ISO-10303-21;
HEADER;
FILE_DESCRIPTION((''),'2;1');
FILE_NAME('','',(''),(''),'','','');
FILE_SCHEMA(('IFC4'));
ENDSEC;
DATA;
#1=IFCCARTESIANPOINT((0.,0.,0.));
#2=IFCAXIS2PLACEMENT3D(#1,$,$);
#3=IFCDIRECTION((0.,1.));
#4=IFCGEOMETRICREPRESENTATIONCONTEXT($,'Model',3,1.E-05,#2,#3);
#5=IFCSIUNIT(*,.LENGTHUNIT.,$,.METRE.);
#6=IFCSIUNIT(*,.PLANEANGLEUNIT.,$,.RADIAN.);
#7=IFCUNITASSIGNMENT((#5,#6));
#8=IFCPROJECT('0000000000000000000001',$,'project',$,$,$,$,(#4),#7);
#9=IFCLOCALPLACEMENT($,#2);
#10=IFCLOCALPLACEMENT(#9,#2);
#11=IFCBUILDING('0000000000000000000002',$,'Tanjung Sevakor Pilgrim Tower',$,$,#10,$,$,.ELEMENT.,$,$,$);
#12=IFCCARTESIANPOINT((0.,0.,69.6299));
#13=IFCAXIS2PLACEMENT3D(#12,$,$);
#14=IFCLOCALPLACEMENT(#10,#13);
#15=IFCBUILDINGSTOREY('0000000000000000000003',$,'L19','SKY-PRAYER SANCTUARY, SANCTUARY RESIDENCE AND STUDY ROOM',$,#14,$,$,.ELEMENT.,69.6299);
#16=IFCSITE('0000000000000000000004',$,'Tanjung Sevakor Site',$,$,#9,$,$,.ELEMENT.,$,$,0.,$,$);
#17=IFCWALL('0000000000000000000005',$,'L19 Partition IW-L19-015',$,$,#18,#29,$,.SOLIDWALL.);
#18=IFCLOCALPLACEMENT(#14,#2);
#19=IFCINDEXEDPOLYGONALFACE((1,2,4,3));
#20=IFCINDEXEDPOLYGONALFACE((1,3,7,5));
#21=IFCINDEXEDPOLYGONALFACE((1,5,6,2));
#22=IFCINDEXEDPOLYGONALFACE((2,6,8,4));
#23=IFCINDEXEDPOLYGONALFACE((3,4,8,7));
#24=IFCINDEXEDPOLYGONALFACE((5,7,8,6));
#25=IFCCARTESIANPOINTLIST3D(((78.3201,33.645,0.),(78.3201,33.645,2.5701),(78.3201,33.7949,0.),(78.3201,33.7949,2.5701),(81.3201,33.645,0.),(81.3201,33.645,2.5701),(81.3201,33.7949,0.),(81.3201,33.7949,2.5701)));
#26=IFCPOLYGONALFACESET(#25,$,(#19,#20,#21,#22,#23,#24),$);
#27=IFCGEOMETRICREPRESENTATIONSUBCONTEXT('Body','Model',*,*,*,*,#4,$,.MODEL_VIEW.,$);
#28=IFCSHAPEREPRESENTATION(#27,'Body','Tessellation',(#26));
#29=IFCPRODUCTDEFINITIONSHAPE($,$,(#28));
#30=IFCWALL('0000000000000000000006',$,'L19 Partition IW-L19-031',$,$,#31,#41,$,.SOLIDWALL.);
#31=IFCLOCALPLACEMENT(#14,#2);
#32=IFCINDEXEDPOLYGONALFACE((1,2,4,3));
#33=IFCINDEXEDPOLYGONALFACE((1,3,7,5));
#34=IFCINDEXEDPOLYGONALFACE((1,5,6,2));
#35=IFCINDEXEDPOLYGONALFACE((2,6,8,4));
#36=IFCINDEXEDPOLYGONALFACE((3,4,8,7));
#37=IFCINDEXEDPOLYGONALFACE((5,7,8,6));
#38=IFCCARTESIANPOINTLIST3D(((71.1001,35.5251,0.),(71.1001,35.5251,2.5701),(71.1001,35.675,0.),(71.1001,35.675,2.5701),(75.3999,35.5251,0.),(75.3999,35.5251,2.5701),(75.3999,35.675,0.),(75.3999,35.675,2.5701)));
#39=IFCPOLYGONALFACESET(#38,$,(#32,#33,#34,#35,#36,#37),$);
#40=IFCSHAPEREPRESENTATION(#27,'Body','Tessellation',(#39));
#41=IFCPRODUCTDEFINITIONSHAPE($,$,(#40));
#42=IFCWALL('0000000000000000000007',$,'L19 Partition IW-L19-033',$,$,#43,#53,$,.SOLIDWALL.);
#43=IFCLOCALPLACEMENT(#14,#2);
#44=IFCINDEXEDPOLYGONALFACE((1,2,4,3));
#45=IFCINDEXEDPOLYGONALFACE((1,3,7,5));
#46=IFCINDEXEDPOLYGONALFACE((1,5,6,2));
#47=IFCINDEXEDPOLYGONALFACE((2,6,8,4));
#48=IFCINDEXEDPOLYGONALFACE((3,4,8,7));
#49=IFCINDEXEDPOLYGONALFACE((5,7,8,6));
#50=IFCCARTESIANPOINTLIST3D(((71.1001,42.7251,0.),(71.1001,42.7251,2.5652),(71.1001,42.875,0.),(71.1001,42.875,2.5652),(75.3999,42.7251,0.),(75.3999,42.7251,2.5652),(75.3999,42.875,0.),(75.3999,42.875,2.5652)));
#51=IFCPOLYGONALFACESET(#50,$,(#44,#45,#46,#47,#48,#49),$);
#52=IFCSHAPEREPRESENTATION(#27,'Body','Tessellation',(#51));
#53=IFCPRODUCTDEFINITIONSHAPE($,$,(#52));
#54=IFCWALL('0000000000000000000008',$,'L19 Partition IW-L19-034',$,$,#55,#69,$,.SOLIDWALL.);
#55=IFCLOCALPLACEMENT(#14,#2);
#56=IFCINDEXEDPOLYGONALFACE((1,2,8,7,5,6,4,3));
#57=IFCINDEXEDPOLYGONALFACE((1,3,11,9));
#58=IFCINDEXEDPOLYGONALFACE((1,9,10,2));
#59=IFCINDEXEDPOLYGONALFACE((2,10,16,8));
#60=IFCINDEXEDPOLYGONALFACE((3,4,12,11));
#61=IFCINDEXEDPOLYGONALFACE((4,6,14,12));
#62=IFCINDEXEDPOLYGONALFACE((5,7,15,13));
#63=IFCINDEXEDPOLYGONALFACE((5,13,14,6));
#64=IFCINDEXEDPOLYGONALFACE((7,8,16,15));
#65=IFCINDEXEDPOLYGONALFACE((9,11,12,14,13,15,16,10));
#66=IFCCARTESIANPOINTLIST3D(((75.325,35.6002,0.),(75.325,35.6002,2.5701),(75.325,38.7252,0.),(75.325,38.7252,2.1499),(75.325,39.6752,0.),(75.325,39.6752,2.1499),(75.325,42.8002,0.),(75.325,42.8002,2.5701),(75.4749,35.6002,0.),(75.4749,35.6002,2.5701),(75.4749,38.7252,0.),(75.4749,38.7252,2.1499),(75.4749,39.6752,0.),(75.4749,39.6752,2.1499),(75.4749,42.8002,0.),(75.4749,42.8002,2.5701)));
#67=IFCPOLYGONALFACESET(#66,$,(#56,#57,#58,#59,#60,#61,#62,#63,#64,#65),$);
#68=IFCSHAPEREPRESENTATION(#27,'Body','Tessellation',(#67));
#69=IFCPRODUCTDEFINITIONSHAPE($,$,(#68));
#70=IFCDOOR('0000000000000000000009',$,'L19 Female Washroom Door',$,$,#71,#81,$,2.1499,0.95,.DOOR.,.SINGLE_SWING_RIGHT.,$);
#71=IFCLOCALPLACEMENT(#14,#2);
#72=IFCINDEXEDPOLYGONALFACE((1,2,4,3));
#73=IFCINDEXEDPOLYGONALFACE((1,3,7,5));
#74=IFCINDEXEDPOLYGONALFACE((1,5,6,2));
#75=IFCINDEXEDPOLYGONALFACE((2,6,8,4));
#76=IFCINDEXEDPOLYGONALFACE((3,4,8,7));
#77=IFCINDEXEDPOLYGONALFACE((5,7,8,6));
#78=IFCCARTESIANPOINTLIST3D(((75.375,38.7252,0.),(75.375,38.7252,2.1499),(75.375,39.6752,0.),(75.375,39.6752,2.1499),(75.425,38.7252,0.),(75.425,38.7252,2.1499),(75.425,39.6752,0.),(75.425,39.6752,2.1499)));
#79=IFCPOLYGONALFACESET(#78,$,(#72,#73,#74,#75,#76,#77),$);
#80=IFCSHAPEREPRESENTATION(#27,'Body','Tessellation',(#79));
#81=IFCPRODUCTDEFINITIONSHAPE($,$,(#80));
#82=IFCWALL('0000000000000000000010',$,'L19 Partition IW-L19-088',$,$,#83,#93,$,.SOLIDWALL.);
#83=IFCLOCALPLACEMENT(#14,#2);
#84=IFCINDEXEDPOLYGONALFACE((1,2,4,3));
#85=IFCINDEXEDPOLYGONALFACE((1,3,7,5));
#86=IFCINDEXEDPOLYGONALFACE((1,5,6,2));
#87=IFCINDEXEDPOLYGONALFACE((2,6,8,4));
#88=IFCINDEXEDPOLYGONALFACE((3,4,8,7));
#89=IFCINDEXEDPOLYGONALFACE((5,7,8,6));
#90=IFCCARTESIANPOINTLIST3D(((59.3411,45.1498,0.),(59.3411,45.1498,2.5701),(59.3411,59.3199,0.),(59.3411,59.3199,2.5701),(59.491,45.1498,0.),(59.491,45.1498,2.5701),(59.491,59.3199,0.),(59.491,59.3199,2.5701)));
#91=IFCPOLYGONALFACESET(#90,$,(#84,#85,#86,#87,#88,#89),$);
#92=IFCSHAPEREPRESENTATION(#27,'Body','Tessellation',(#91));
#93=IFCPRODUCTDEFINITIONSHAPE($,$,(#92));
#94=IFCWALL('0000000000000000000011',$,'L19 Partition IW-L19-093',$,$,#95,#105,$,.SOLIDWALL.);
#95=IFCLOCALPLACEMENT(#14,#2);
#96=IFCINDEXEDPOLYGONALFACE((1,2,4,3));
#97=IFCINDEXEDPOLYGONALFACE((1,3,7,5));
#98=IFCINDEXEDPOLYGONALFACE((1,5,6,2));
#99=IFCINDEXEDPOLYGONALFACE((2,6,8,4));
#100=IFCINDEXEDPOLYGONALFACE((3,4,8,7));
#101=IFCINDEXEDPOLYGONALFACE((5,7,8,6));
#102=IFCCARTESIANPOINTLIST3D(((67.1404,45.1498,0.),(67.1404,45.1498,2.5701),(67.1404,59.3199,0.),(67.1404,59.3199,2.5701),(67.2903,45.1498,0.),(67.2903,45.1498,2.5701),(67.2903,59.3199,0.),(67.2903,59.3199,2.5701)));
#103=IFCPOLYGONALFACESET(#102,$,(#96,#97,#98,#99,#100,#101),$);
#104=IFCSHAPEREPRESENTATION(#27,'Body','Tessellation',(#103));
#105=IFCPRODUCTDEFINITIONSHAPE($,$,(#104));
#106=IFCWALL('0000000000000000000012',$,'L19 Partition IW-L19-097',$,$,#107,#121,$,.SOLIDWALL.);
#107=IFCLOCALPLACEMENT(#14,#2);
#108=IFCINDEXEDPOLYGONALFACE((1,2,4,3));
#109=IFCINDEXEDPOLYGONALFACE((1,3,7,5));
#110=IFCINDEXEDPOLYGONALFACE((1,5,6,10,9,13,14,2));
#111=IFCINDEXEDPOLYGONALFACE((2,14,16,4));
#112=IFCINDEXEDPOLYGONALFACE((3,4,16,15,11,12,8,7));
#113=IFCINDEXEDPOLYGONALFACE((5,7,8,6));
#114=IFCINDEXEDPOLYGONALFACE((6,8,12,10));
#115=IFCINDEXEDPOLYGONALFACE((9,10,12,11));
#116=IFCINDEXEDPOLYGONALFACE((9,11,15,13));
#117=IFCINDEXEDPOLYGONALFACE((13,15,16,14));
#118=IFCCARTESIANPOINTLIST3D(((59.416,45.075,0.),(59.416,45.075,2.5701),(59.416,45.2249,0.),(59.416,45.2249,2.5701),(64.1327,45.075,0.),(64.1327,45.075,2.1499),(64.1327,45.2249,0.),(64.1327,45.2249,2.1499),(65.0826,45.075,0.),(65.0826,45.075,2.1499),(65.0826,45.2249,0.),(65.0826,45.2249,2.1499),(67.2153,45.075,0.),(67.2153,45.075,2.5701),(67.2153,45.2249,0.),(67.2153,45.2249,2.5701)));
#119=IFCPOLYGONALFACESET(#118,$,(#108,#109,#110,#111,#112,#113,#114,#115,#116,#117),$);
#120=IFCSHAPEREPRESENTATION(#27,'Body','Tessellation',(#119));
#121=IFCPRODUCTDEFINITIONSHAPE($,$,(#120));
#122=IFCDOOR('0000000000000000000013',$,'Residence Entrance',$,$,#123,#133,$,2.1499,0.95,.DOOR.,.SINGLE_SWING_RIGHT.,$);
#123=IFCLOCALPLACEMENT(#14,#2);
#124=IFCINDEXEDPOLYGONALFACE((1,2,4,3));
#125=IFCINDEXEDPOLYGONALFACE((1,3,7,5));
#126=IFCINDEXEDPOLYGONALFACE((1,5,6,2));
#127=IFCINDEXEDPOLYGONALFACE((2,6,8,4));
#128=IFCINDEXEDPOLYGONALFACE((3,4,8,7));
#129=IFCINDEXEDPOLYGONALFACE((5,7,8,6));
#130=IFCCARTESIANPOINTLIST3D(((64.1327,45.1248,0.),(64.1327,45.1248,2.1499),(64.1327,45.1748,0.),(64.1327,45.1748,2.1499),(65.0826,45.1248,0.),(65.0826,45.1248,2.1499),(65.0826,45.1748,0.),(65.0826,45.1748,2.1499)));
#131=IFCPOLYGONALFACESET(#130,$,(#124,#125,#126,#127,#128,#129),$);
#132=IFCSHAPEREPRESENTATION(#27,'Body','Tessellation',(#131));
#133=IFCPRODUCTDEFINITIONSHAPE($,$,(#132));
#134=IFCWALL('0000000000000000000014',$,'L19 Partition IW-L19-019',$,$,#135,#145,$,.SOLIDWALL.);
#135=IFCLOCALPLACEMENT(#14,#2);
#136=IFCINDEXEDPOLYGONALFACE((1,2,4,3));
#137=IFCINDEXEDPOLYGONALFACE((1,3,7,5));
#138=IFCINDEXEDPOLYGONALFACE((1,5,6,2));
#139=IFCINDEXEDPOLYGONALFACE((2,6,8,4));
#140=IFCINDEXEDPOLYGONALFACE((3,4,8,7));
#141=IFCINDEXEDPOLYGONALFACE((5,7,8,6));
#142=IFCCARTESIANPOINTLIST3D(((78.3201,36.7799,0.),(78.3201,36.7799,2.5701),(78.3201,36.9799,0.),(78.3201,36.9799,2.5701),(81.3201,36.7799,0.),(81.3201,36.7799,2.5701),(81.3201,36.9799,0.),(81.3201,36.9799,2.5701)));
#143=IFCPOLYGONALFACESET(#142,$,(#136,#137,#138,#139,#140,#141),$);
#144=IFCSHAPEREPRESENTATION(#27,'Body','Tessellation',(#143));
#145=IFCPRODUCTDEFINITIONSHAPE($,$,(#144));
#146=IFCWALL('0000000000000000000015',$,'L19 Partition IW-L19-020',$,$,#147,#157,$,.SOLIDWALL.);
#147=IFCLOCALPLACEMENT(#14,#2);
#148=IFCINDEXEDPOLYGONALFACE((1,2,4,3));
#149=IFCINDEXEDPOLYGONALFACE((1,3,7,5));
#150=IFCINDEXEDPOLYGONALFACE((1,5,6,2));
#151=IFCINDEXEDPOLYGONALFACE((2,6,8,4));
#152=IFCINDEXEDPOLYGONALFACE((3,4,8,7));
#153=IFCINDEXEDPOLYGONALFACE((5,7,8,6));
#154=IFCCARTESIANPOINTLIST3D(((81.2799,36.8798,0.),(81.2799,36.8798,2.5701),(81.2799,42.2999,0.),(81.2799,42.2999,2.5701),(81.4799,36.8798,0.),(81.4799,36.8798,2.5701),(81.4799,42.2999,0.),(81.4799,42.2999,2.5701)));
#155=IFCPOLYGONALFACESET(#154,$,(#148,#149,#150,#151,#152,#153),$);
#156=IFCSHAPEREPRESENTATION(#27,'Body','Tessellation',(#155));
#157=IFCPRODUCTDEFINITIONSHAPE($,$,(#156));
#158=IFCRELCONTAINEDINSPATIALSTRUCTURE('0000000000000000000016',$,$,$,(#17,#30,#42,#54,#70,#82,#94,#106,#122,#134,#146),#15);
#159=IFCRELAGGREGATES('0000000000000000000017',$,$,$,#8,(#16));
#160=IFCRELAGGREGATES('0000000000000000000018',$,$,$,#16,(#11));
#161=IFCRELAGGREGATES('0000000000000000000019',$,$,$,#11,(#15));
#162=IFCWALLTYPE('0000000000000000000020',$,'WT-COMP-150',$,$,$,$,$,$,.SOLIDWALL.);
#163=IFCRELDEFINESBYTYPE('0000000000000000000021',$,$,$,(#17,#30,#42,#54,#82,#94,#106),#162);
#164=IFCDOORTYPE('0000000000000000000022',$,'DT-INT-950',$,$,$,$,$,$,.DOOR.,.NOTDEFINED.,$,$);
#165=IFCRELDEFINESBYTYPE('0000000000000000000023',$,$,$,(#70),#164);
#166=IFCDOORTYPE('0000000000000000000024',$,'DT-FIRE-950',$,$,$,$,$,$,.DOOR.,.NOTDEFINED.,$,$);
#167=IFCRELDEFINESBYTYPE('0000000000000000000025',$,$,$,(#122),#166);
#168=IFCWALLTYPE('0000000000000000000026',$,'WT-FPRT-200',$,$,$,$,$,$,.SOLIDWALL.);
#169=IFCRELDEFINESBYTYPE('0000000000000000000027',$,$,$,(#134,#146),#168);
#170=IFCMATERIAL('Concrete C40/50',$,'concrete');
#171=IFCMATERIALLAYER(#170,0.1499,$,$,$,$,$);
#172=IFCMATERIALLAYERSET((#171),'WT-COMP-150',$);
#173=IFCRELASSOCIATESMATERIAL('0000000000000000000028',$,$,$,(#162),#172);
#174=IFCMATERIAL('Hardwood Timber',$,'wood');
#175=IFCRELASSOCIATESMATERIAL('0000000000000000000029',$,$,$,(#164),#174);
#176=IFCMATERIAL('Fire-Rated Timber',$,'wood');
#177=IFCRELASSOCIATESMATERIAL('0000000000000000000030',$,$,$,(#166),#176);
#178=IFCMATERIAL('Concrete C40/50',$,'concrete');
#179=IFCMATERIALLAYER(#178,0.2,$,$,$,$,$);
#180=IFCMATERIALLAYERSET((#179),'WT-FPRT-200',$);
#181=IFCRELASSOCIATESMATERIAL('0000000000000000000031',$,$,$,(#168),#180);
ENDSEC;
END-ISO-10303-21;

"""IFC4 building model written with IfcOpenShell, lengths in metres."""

from ifc_helpers import new_model, si_unit, direction, frame, frame_2d, origin, place, context, subcontext, project, spatial, rectangle, extrude, material, layer, layer_set, type_object, element, fill, save


model = new_model("IFC4")

# Units and contexts
model_context = context("Model", 3, precision=1e-05, world=origin(), true_north=direction((0.0, 1.0)))
body_context = subcontext(model_context, "Body", "Model", "MODEL_VIEW")
ifc_project = project(units=[si_unit("LENGTHUNIT", "METRE"), si_unit("PLANEANGLEUNIT", "RADIAN")], contexts=[model_context])

# Site, building, storey
site_placement = place(None, origin())
site = spatial("IfcSite", under=ifc_project, at=site_placement, Name="Tanjung Sevakor Site", CompositionType="ELEMENT", RefElevation=0.0)
building_placement = place(site_placement, origin())
building = spatial("IfcBuilding", under=site, at=building_placement, Name="Tanjung Sevakor Pilgrim Tower", CompositionType="ELEMENT")
storey_placement = place(building_placement, frame((0.0, 0.0, 69.6299)))
storey = spatial("IfcBuildingStorey", under=building, at=storey_placement, Name="L19", Description="SKY-PRAYER SANCTUARY, SANCTUARY RESIDENCE AND STUDY ROOM", CompositionType="ELEMENT", Elevation=69.6299)

# Walls
ifc_material_1 = material(Name="Concrete C40/50", Category="concrete")
ifc_layer_1 = layer(ifc_material_1, 0.1499)
ifc_layer_set_1 = layer_set([ifc_layer_1], Name="WT-COMP-150")
wall_type_1 = type_object("IfcWallType", Name="WT-COMP-150", PredefinedType="SOLIDWALL", material=ifc_layer_set_1)
wall_1_placement = place(storey_placement, frame((78.3201, 33.72, 0.0), z_axis=(0.0, 0.0, 1.0), x_axis=(1.0, 0.0, 0.0)))
element("IfcWall", 1, at=wall_1_placement, inside=storey, type_object=wall_type_1, Name="L19 Partition IW-L19-015", PredefinedType="SOLIDWALL", context=body_context, shape_type="SweptSolid", body=[
    extrude(rectangle(XDim=3.0, YDim=0.1499, at=frame_2d((1.5, 0.0))), origin(), (0.0, 0.0, 1.0), 2.5701),
])
wall_2_placement = place(storey_placement, frame((71.1001, 35.6001, 0.0), z_axis=(0.0, 0.0, 1.0), x_axis=(1.0, 0.0, 0.0)))
element("IfcWall", 2, at=wall_2_placement, inside=storey, type_object=wall_type_1, Name="L19 Partition IW-L19-031", PredefinedType="SOLIDWALL", context=body_context, shape_type="SweptSolid", body=[
    extrude(rectangle(XDim=4.2998, YDim=0.1499, at=frame_2d((2.1499, 0.0))), origin(), (0.0, 0.0, 1.0), 2.5701),
])
wall_3_placement = place(storey_placement, frame((71.1001, 42.8, 0.0), z_axis=(0.0, 0.0, 1.0), x_axis=(1.0, 0.0, 0.0)))
element("IfcWall", 3, at=wall_3_placement, inside=storey, type_object=wall_type_1, Name="L19 Partition IW-L19-033", PredefinedType="SOLIDWALL", context=body_context, shape_type="SweptSolid", body=[
    extrude(rectangle(XDim=4.2998, YDim=0.1499, at=frame_2d((2.1499, 0.0))), origin(), (0.0, 0.0, 1.0), 2.5652),
])

# Wall, opening, door
wall_4_placement = place(storey_placement, frame((75.3999, 35.6001, 0.0), z_axis=(0.0, 0.0, 1.0), x_axis=(0.0, 1.0, 0.0)))
wall_4 = element("IfcWall", 4, at=wall_4_placement, inside=storey, type_object=wall_type_1, Name="L19 Partition IW-L19-034", PredefinedType="SOLIDWALL", context=body_context, shape_type="SweptSolid", body=[
    extrude(rectangle(XDim=7.2, YDim=0.1499, at=frame_2d((3.6001, 0.0))), origin(), (0.0, 0.0, 1.0), 2.5701),
])
opening_1_placement = place(wall_4_placement, frame((3.125, 0.0, 0.0)))
opening_1 = element("IfcOpeningElement", 5, at=opening_1_placement, cuts=wall_4, PredefinedType="OPENING", context=body_context, shape_type="SweptSolid", body=[
    extrude(rectangle(XDim=0.95, YDim=2.1499, at=frame_2d((0.4751, 1.075))), frame((0.0, 0.085, 0.0), z_axis=(0.0, -1.0, 0.0), x_axis=(1.0, 0.0, 0.0)), (0.0, 0.0, 1.0), 0.1699),
])
ifc_material_2 = material(Name="Hardwood Timber", Category="wood")
door_type_1 = type_object("IfcDoorType", Name="DT-INT-950", OperationType="NOTDEFINED", PredefinedType="DOOR", material=ifc_material_2)
door_1_placement = place(opening_1_placement, origin())
door_1 = element("IfcDoor", 6, at=door_1_placement, inside=storey, type_object=door_type_1, Name="L19 Female Washroom Door", OperationType="SINGLE_SWING_RIGHT", OverallHeight=2.1499, OverallWidth=0.95, PredefinedType="DOOR", context=body_context, shape_type="SweptSolid", body=[
    extrude(rectangle(XDim=0.95, YDim=2.1499, at=frame_2d((0.4751, 1.075))), frame((0.0, 0.0249, 0.0), z_axis=(0.0, -1.0, 0.0), x_axis=(1.0, 0.0, 0.0)), (0.0, 0.0, 1.0), 0.05),
])
fill(opening_1, door_1)

# Walls
for number, where, z_axis, x_axis, name in (
    (7, (59.416, 45.1499, 0.0), (0.0, 0.0, 1.0), (0.0, 1.0, 0.0), "L19 Partition IW-L19-088"),
    (8, (67.2153, 45.1499, 0.0), (0.0, 0.0, 1.0), (0.0, 1.0, 0.0), "L19 Partition IW-L19-093"),
):
    element("IfcWall", number, at=place(storey_placement, frame(where, z_axis=z_axis, x_axis=x_axis)), inside=storey, type_object=wall_type_1, Name=name, PredefinedType="SOLIDWALL", context=body_context, shape_type="SweptSolid", body=[
        extrude(rectangle(XDim=14.1702, YDim=0.1499, at=frame_2d((7.085, 0.0))), origin(), (0.0, 0.0, 1.0), 2.5701),
    ])

# Wall, opening, door
wall_5_placement = place(storey_placement, frame((59.416, 45.1499, 0.0), z_axis=(0.0, 0.0, 1.0), x_axis=(1.0, 0.0, 0.0)))
wall_5 = element("IfcWall", 9, at=wall_5_placement, inside=storey, type_object=wall_type_1, Name="L19 Partition IW-L19-097", PredefinedType="SOLIDWALL", context=body_context, shape_type="SweptSolid", body=[
    extrude(rectangle(XDim=7.7993, YDim=0.1499, at=frame_2d((3.8997, 0.0))), origin(), (0.0, 0.0, 1.0), 2.5701),
])
opening_2_placement = place(wall_5_placement, frame((4.7166, 0.0, 0.0)))
opening_2 = element("IfcOpeningElement", 10, at=opening_2_placement, cuts=wall_5, PredefinedType="OPENING", context=body_context, shape_type="SweptSolid", body=[
    extrude(rectangle(XDim=0.95, YDim=2.1499, at=frame_2d((0.4751, 1.075))), frame((0.0, 0.085, 0.0), z_axis=(0.0, -1.0, 0.0), x_axis=(1.0, 0.0, 0.0)), (0.0, 0.0, 1.0), 0.1699),
])
ifc_material_3 = material(Name="Fire-Rated Timber", Category="wood")
door_type_2 = type_object("IfcDoorType", Name="DT-FIRE-950", OperationType="NOTDEFINED", PredefinedType="DOOR", material=ifc_material_3)
door_2_placement = place(opening_2_placement, origin())
door_2 = element("IfcDoor", 11, at=door_2_placement, inside=storey, type_object=door_type_2, Name="Residence Entrance", OperationType="SINGLE_SWING_RIGHT", OverallHeight=2.1499, OverallWidth=0.95, PredefinedType="DOOR", context=body_context, shape_type="SweptSolid", body=[
    extrude(rectangle(XDim=0.95, YDim=2.1499, at=frame_2d((0.4751, 1.075))), frame((0.0, 0.0249, 0.0), z_axis=(0.0, -1.0, 0.0), x_axis=(1.0, 0.0, 0.0)), (0.0, 0.0, 1.0), 0.05),
])
fill(opening_2, door_2)

# Walls
ifc_material_4 = material(Name="Concrete C40/50", Category="concrete")
ifc_layer_2 = layer(ifc_material_4, 0.2)
ifc_layer_set_2 = layer_set([ifc_layer_2], Name="WT-FPRT-200")
wall_type_2 = type_object("IfcWallType", Name="WT-FPRT-200", PredefinedType="SOLIDWALL", material=ifc_layer_set_2)
wall_6_placement = place(storey_placement, frame((78.3201, 36.8799, 0.0), z_axis=(0.0, 0.0, 1.0), x_axis=(1.0, 0.0, 0.0)))
element("IfcWall", 12, at=wall_6_placement, inside=storey, type_object=wall_type_2, Name="L19 Partition IW-L19-019", PredefinedType="SOLIDWALL", context=body_context, shape_type="SweptSolid", body=[
    extrude(rectangle(XDim=3.0, YDim=0.2, at=frame_2d((1.5, 0.0))), origin(), (0.0, 0.0, 1.0), 2.5701),
])
wall_7_placement = place(storey_placement, frame((81.3799, 36.8799, 0.0), z_axis=(0.0, 0.0, 1.0), x_axis=(0.0, 1.0, 0.0)))
element("IfcWall", 13, at=wall_7_placement, inside=storey, type_object=wall_type_2, Name="L19 Partition IW-L19-020", PredefinedType="SOLIDWALL", context=body_context, shape_type="SweptSolid", body=[
    extrude(rectangle(XDim=5.4202, YDim=0.2, at=frame_2d((2.71, 0.0))), origin(), (0.0, 0.0, 1.0), 2.5701),
])

save(model, "model.ifc")
